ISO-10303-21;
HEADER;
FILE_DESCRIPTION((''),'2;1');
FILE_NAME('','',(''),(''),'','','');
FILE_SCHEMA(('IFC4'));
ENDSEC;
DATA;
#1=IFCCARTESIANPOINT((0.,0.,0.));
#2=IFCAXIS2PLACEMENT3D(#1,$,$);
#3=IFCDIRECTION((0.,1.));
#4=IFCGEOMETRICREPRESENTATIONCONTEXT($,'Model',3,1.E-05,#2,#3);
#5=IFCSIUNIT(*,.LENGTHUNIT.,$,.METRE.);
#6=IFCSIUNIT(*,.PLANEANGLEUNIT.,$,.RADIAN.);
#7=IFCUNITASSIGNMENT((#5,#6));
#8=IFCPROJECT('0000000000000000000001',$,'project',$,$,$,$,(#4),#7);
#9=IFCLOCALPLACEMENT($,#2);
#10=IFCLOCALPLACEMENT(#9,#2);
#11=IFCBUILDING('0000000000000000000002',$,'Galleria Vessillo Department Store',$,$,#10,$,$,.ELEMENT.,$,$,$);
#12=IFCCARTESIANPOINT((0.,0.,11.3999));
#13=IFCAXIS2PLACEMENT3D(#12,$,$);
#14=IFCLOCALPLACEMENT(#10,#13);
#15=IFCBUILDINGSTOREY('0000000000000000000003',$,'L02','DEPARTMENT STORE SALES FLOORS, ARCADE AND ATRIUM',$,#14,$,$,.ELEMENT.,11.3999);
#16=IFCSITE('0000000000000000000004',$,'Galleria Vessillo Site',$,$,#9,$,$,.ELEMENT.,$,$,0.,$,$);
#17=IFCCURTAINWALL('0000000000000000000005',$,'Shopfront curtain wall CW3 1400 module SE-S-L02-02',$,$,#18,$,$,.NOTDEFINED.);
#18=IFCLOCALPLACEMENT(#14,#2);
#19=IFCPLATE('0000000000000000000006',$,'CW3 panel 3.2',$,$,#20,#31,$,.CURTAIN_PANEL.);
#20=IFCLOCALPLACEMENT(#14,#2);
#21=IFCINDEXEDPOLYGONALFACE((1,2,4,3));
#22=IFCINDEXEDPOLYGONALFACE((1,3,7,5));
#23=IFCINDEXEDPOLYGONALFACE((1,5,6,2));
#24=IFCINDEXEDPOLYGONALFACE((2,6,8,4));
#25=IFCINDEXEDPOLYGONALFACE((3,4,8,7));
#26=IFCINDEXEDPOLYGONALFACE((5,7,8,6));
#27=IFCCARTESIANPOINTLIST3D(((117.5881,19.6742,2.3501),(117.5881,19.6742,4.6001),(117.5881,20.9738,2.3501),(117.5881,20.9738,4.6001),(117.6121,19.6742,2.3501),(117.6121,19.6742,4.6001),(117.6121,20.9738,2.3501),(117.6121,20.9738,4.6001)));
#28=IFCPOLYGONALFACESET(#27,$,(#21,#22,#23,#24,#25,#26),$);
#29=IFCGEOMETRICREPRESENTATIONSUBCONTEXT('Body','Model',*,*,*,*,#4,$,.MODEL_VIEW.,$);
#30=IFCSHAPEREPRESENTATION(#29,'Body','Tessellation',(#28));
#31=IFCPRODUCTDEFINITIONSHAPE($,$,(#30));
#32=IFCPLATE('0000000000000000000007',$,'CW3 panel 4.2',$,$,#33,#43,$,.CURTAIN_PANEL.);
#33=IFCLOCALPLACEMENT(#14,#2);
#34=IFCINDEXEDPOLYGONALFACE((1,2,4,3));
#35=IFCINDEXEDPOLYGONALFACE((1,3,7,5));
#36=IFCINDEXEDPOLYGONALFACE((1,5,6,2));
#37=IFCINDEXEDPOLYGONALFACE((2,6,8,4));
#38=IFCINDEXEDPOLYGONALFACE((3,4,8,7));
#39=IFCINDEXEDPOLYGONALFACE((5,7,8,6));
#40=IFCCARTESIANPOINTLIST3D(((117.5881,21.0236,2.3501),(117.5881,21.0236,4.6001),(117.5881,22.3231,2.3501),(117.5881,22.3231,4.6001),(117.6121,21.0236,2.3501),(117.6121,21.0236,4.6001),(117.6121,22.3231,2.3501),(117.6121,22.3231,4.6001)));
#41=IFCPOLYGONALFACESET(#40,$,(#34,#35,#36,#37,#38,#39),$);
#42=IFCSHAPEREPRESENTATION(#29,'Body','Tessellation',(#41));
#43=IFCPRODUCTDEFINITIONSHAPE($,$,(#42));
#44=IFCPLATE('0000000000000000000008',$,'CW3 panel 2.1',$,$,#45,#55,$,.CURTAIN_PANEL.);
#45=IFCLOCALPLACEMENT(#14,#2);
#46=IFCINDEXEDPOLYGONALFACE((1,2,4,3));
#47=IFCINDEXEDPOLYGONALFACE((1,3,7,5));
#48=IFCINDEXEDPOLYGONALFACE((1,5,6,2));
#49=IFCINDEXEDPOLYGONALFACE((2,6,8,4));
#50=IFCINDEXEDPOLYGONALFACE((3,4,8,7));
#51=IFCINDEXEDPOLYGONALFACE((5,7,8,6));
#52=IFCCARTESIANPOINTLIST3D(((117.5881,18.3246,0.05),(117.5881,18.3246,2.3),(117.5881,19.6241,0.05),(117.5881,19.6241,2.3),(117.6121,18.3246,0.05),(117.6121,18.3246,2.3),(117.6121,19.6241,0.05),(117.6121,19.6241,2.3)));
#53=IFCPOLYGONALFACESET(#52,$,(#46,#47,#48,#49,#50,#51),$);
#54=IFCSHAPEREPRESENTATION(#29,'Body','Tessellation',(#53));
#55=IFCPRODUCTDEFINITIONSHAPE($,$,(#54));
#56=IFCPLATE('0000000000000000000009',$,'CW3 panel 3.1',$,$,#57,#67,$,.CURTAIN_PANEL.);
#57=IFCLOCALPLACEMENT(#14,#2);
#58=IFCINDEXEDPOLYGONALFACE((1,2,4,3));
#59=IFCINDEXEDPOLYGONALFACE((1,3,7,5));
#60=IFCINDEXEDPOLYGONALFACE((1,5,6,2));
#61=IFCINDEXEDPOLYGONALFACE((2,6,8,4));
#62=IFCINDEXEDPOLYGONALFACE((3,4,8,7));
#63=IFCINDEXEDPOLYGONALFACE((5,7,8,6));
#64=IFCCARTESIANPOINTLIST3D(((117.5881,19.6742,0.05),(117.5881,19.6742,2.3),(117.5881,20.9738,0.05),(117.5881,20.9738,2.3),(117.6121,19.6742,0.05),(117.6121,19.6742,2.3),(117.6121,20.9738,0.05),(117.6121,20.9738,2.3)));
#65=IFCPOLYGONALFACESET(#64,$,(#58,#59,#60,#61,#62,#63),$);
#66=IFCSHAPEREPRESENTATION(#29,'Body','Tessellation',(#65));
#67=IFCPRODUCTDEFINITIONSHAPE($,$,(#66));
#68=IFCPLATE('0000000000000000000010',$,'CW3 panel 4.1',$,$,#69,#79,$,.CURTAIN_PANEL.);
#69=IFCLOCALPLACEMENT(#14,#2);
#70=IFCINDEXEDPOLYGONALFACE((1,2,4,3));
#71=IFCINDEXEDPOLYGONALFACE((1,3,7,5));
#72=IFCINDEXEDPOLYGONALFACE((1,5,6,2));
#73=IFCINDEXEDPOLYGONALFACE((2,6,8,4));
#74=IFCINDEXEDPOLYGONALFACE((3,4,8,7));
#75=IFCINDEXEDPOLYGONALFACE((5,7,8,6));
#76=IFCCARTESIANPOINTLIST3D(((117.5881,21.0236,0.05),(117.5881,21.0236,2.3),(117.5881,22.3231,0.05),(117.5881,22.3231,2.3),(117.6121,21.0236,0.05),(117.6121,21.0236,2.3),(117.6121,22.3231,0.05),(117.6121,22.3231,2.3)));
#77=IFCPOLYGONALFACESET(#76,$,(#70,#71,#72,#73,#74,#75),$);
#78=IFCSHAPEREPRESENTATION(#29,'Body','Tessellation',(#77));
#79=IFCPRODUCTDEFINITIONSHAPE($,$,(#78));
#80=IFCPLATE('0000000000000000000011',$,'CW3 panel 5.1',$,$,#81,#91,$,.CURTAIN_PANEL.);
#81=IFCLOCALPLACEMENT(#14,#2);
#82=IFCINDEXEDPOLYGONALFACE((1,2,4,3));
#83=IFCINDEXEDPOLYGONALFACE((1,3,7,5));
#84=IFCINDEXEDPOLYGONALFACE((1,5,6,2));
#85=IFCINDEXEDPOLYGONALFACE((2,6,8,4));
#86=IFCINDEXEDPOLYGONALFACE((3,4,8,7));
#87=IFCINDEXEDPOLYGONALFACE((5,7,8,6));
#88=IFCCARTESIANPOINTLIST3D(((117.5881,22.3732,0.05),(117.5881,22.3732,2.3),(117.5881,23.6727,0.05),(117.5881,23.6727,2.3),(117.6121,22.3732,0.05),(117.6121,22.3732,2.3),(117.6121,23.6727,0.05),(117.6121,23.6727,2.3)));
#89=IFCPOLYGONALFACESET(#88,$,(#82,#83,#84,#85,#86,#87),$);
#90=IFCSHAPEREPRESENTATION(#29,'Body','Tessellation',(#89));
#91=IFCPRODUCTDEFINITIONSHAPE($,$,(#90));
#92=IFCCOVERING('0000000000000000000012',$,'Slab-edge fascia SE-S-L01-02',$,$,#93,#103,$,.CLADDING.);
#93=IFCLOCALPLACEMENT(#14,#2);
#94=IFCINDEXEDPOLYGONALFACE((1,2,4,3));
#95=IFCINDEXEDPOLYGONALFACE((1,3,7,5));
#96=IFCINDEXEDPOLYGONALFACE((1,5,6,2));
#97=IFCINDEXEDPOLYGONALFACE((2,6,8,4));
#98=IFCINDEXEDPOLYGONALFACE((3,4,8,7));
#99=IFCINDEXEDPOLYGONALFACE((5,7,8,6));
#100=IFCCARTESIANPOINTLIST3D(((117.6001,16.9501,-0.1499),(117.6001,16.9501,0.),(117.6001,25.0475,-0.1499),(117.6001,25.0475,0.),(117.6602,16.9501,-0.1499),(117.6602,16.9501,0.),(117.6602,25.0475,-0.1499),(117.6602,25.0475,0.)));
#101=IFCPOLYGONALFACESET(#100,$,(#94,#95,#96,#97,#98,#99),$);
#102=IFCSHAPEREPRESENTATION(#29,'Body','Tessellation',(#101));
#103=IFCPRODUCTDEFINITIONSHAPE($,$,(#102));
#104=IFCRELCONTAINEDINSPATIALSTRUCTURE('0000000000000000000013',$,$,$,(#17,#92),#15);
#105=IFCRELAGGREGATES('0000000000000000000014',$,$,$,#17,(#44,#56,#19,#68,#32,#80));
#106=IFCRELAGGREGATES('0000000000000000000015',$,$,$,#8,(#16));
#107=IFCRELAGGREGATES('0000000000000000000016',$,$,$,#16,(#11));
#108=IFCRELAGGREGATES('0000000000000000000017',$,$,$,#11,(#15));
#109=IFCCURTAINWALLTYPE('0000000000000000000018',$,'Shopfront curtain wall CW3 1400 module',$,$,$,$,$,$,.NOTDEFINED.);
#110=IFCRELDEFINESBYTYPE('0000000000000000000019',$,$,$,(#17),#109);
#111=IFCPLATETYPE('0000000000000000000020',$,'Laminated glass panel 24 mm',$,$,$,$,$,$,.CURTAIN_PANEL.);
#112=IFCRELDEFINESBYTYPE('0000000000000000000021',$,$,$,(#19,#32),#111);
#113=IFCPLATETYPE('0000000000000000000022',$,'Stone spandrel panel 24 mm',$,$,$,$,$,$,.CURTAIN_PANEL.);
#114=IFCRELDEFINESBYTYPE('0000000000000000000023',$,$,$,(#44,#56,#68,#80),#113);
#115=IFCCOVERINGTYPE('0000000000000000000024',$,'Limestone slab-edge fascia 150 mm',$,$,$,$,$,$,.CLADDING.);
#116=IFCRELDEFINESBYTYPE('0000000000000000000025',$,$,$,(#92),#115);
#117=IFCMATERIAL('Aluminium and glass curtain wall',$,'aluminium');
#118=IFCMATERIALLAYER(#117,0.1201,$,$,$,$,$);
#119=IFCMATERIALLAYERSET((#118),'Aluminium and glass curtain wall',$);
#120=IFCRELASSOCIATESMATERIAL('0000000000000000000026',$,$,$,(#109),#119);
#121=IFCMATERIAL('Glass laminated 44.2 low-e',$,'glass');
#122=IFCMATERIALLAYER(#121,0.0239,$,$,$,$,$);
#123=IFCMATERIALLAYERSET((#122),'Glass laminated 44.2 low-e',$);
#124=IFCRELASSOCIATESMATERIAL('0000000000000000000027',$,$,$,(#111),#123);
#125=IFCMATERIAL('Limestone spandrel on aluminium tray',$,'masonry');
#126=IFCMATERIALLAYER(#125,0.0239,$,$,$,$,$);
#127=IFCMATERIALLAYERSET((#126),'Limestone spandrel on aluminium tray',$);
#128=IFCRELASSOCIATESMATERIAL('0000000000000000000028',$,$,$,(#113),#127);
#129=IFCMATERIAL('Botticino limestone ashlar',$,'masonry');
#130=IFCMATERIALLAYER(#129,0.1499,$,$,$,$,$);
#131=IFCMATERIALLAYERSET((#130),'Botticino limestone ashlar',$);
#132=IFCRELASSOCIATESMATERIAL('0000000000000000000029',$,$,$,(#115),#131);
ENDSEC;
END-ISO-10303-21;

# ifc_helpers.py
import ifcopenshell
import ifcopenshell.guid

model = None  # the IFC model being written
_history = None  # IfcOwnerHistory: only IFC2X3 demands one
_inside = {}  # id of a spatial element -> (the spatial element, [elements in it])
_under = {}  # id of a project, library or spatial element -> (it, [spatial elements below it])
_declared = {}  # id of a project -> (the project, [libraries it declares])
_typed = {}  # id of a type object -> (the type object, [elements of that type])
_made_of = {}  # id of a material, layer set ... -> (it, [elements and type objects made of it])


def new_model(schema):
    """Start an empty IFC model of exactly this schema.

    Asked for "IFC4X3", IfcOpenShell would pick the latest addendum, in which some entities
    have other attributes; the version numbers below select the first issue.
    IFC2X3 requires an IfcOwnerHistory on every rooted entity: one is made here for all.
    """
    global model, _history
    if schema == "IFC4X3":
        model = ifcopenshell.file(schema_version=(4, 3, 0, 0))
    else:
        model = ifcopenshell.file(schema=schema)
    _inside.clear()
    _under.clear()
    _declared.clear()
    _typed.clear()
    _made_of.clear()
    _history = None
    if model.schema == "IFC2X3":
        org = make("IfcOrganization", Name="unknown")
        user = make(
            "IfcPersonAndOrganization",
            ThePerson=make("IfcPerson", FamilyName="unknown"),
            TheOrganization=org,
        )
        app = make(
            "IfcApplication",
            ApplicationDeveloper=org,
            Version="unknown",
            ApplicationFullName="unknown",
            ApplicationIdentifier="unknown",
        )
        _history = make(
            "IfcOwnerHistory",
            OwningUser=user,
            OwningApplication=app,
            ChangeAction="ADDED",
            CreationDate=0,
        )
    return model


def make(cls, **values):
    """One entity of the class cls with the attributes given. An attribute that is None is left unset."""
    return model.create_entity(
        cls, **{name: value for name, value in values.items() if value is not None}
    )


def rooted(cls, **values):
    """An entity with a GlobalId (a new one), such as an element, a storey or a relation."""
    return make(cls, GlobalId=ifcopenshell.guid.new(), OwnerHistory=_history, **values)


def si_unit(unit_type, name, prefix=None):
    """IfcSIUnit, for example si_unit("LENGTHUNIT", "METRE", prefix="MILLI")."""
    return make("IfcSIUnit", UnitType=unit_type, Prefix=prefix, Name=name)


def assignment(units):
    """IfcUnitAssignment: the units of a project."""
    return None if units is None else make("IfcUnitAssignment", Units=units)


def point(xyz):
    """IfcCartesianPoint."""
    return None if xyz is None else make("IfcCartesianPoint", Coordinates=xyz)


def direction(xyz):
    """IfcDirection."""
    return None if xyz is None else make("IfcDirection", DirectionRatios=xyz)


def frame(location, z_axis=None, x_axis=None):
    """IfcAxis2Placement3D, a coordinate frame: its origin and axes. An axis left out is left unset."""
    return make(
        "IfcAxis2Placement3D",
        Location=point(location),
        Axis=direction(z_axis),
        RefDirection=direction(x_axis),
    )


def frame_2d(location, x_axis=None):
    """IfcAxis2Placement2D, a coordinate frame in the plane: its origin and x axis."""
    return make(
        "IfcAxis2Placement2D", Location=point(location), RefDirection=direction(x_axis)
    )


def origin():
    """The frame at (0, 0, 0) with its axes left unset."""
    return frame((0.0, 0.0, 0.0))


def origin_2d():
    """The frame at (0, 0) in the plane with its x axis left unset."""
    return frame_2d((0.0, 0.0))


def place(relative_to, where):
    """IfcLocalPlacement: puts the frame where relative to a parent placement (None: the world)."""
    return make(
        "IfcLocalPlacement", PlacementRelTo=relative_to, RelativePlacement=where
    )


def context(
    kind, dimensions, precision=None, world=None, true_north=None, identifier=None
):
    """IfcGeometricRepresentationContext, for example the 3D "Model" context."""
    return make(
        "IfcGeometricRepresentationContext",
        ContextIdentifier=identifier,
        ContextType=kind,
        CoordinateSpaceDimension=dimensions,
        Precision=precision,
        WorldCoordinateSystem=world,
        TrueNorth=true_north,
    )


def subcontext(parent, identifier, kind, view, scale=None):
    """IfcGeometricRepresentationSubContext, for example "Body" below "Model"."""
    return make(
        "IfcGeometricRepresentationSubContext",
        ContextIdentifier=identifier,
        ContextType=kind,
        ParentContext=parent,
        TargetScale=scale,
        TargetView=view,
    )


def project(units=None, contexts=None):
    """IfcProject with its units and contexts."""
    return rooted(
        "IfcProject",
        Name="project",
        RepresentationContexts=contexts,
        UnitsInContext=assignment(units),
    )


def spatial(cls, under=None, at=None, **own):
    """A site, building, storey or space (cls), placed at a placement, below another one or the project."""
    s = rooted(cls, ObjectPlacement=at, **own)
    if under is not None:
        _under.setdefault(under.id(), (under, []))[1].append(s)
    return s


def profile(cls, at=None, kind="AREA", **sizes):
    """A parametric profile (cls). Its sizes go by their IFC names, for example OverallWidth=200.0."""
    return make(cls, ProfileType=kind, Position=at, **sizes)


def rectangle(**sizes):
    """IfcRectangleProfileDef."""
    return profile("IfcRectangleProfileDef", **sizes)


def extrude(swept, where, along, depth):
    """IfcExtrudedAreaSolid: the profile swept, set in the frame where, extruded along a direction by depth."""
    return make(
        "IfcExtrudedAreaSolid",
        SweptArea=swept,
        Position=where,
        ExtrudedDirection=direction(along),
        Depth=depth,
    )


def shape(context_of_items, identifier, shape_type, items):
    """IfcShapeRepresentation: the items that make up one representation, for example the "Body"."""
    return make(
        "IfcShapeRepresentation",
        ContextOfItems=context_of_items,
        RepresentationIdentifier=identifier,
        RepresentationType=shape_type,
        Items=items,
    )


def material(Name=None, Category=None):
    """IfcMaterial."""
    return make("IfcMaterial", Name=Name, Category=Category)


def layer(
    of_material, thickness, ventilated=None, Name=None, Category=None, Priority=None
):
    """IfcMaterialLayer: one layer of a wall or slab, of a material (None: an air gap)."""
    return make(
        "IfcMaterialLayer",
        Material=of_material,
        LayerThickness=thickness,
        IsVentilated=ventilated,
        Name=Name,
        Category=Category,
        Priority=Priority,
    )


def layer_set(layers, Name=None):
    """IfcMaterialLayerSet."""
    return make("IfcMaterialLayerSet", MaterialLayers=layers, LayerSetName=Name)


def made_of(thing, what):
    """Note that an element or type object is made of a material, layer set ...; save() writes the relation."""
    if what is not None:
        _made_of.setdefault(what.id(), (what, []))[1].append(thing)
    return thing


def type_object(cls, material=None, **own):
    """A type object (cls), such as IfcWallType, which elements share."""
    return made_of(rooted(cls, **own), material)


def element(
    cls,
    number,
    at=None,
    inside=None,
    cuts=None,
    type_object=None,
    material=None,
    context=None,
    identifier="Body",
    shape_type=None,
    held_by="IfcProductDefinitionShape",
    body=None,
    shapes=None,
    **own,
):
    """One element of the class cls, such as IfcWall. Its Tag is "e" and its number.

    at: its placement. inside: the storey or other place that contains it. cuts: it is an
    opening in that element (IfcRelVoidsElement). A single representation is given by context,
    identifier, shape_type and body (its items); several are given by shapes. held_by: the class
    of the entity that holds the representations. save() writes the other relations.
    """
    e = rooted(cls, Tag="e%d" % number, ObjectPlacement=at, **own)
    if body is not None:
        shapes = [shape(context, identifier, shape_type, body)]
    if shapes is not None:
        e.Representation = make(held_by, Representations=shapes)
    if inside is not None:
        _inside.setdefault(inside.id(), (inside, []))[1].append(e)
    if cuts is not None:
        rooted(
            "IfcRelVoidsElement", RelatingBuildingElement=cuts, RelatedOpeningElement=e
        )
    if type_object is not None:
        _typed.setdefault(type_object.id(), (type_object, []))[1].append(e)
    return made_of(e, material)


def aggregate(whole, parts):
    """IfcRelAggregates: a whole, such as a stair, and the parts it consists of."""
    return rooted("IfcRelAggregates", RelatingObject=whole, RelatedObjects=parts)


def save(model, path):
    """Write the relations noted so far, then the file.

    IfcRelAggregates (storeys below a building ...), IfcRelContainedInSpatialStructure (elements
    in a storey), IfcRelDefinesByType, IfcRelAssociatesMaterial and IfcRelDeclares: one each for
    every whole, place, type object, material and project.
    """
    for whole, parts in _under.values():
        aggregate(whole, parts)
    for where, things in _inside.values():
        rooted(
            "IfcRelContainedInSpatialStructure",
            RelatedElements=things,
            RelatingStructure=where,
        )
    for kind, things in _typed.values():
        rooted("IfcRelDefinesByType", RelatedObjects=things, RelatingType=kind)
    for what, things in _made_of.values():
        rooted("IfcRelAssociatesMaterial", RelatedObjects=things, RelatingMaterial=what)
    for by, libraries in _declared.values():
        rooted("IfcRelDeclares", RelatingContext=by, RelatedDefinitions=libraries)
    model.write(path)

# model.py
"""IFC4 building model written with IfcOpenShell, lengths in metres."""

from ifc_helpers import new_model, si_unit, direction, frame, origin, origin_2d, place, context, subcontext, project, spatial, rectangle, extrude, material, layer, layer_set, type_object, element, aggregate, save


model = new_model("IFC4")

# Units and contexts
model_context = context("Model", 3, precision=1e-05, world=origin(), true_north=direction((0.0, 1.0)))
body_context = subcontext(model_context, "Body", "Model", "MODEL_VIEW")
ifc_project = project(units=[si_unit("LENGTHUNIT", "METRE"), si_unit("PLANEANGLEUNIT", "RADIAN")], contexts=[model_context])

# Site, building, storey
site_placement = place(None, origin())
site = spatial("IfcSite", under=ifc_project, at=site_placement, Name="Galleria Vessillo Site", CompositionType="ELEMENT", RefElevation=0.0)
building_placement = place(site_placement, origin())
building = spatial("IfcBuilding", under=site, at=building_placement, Name="Galleria Vessillo Department Store", CompositionType="ELEMENT")
storey_placement = place(building_placement, frame((0.0, 0.0, 11.3999)))
storey = spatial("IfcBuildingStorey", under=building, at=storey_placement, Name="L02", Description="DEPARTMENT STORE SALES FLOORS, ARCADE AND ATRIUM", CompositionType="ELEMENT", Elevation=11.3999)

# Curtain wall, plates
ifc_material_1 = material(Name="Aluminium and glass curtain wall", Category="aluminium")
ifc_layer_1 = layer(ifc_material_1, 0.1201)
ifc_layer_set_1 = layer_set([ifc_layer_1], Name="Aluminium and glass curtain wall")
curtain_wall_type = type_object("IfcCurtainWallType", Name="Shopfront curtain wall CW3 1400 module", PredefinedType="NOTDEFINED", material=ifc_layer_set_1)
curtain_wall_placement = place(storey_placement, origin())
curtain_wall = element("IfcCurtainWall", 1, at=curtain_wall_placement, inside=storey, type_object=curtain_wall_type, Name="Shopfront curtain wall CW3 1400 module SE-S-L02-02", PredefinedType="NOTDEFINED")
ifc_material_2 = material(Name="Glass laminated 44.2 low-e", Category="glass")
ifc_layer_2 = layer(ifc_material_2, 0.0239)
ifc_layer_set_2 = layer_set([ifc_layer_2], Name="Glass laminated 44.2 low-e")
plate_type_1 = type_object("IfcPlateType", Name="Laminated glass panel 24 mm", PredefinedType="CURTAIN_PANEL", material=ifc_layer_set_2)
plate_1_placement = place(storey_placement, frame((117.6001, 20.324, 2.3501), z_axis=(0.0, 0.0, 1.0), x_axis=(0.0, 1.0, 0.0)))
plate_1 = element("IfcPlate", 2, at=plate_1_placement, type_object=plate_type_1, Name="CW3 panel 3.2", PredefinedType="CURTAIN_PANEL", context=body_context, shape_type="SweptSolid", body=[
    extrude(rectangle(XDim=1.2996, YDim=0.0239, at=origin_2d()), origin(), (0.0, 0.0, 1.0), 2.25),
])
plate_2_placement = place(storey_placement, frame((117.6001, 21.6733, 2.3501), z_axis=(0.0, 0.0, 1.0), x_axis=(0.0, 1.0, 0.0)))
plate_2 = element("IfcPlate", 3, at=plate_2_placement, type_object=plate_type_1, Name="CW3 panel 4.2", PredefinedType="CURTAIN_PANEL", context=body_context, shape_type="SweptSolid", body=[
    extrude(rectangle(XDim=1.2996, YDim=0.0239, at=origin_2d()), origin(), (0.0, 0.0, 1.0), 2.25),
])
ifc_material_3 = material(Name="Limestone spandrel on aluminium tray", Category="masonry")
ifc_layer_3 = layer(ifc_material_3, 0.0239)
ifc_layer_set_3 = layer_set([ifc_layer_3], Name="Limestone spandrel on aluminium tray")
plate_type_2 = type_object("IfcPlateType", Name="Stone spandrel panel 24 mm", PredefinedType="CURTAIN_PANEL", material=ifc_layer_set_3)
plate_3_placement = place(storey_placement, frame((117.6001, 18.9744, 0.05), z_axis=(0.0, 0.0, 1.0), x_axis=(0.0, 1.0, 0.0)))
plate_3 = element("IfcPlate", 4, at=plate_3_placement, type_object=plate_type_2, Name="CW3 panel 2.1", PredefinedType="CURTAIN_PANEL", context=body_context, shape_type="SweptSolid", body=[
    extrude(rectangle(XDim=1.2996, YDim=0.0239, at=origin_2d()), origin(), (0.0, 0.0, 1.0), 2.25),
])
plate_4_placement = place(storey_placement, frame((117.6001, 20.324, 0.05), z_axis=(0.0, 0.0, 1.0), x_axis=(0.0, 1.0, 0.0)))
plate_4 = element("IfcPlate", 5, at=plate_4_placement, type_object=plate_type_2, Name="CW3 panel 3.1", PredefinedType="CURTAIN_PANEL", context=body_context, shape_type="SweptSolid", body=[
    extrude(rectangle(XDim=1.2996, YDim=0.0239, at=origin_2d()), origin(), (0.0, 0.0, 1.0), 2.25),
])
plate_5_placement = place(storey_placement, frame((117.6001, 21.6733, 0.05), z_axis=(0.0, 0.0, 1.0), x_axis=(0.0, 1.0, 0.0)))
plate_5 = element("IfcPlate", 6, at=plate_5_placement, type_object=plate_type_2, Name="CW3 panel 4.1", PredefinedType="CURTAIN_PANEL", context=body_context, shape_type="SweptSolid", body=[
    extrude(rectangle(XDim=1.2996, YDim=0.0239, at=origin_2d()), origin(), (0.0, 0.0, 1.0), 2.25),
])
plate_6_placement = place(storey_placement, frame((117.6001, 23.0229, 0.05), z_axis=(0.0, 0.0, 1.0), x_axis=(0.0, 1.0, 0.0)))
plate_6 = element("IfcPlate", 7, at=plate_6_placement, type_object=plate_type_2, Name="CW3 panel 5.1", PredefinedType="CURTAIN_PANEL", context=body_context, shape_type="SweptSolid", body=[
    extrude(rectangle(XDim=1.2996, YDim=0.0239, at=origin_2d()), origin(), (0.0, 0.0, 1.0), 2.25),
])
aggregate(curtain_wall, [plate_3, plate_4, plate_1, plate_5, plate_2, plate_6])

# Covering
ifc_material_4 = material(Name="Botticino limestone ashlar", Category="masonry")
ifc_layer_4 = layer(ifc_material_4, 0.1499)
ifc_layer_set_4 = layer_set([ifc_layer_4], Name="Botticino limestone ashlar")
covering_type = type_object("IfcCoveringType", Name="Limestone slab-edge fascia 150 mm", PredefinedType="CLADDING", material=ifc_layer_set_4)
covering_placement = place(storey_placement, frame((117.6301, 20.9988, -0.1499), z_axis=(0.0, 0.0, 1.0), x_axis=(1.0, 0.0, 0.0)))
element("IfcCovering", 8, at=covering_placement, inside=storey, type_object=covering_type, Name="Slab-edge fascia SE-S-L01-02", PredefinedType="CLADDING", context=body_context, shape_type="SweptSolid", body=[
    extrude(rectangle(XDim=0.0601, YDim=8.0974, at=origin_2d()), origin(), (0.0, 0.0, 1.0), 0.1499),
])

save(model, "model.ifc")
